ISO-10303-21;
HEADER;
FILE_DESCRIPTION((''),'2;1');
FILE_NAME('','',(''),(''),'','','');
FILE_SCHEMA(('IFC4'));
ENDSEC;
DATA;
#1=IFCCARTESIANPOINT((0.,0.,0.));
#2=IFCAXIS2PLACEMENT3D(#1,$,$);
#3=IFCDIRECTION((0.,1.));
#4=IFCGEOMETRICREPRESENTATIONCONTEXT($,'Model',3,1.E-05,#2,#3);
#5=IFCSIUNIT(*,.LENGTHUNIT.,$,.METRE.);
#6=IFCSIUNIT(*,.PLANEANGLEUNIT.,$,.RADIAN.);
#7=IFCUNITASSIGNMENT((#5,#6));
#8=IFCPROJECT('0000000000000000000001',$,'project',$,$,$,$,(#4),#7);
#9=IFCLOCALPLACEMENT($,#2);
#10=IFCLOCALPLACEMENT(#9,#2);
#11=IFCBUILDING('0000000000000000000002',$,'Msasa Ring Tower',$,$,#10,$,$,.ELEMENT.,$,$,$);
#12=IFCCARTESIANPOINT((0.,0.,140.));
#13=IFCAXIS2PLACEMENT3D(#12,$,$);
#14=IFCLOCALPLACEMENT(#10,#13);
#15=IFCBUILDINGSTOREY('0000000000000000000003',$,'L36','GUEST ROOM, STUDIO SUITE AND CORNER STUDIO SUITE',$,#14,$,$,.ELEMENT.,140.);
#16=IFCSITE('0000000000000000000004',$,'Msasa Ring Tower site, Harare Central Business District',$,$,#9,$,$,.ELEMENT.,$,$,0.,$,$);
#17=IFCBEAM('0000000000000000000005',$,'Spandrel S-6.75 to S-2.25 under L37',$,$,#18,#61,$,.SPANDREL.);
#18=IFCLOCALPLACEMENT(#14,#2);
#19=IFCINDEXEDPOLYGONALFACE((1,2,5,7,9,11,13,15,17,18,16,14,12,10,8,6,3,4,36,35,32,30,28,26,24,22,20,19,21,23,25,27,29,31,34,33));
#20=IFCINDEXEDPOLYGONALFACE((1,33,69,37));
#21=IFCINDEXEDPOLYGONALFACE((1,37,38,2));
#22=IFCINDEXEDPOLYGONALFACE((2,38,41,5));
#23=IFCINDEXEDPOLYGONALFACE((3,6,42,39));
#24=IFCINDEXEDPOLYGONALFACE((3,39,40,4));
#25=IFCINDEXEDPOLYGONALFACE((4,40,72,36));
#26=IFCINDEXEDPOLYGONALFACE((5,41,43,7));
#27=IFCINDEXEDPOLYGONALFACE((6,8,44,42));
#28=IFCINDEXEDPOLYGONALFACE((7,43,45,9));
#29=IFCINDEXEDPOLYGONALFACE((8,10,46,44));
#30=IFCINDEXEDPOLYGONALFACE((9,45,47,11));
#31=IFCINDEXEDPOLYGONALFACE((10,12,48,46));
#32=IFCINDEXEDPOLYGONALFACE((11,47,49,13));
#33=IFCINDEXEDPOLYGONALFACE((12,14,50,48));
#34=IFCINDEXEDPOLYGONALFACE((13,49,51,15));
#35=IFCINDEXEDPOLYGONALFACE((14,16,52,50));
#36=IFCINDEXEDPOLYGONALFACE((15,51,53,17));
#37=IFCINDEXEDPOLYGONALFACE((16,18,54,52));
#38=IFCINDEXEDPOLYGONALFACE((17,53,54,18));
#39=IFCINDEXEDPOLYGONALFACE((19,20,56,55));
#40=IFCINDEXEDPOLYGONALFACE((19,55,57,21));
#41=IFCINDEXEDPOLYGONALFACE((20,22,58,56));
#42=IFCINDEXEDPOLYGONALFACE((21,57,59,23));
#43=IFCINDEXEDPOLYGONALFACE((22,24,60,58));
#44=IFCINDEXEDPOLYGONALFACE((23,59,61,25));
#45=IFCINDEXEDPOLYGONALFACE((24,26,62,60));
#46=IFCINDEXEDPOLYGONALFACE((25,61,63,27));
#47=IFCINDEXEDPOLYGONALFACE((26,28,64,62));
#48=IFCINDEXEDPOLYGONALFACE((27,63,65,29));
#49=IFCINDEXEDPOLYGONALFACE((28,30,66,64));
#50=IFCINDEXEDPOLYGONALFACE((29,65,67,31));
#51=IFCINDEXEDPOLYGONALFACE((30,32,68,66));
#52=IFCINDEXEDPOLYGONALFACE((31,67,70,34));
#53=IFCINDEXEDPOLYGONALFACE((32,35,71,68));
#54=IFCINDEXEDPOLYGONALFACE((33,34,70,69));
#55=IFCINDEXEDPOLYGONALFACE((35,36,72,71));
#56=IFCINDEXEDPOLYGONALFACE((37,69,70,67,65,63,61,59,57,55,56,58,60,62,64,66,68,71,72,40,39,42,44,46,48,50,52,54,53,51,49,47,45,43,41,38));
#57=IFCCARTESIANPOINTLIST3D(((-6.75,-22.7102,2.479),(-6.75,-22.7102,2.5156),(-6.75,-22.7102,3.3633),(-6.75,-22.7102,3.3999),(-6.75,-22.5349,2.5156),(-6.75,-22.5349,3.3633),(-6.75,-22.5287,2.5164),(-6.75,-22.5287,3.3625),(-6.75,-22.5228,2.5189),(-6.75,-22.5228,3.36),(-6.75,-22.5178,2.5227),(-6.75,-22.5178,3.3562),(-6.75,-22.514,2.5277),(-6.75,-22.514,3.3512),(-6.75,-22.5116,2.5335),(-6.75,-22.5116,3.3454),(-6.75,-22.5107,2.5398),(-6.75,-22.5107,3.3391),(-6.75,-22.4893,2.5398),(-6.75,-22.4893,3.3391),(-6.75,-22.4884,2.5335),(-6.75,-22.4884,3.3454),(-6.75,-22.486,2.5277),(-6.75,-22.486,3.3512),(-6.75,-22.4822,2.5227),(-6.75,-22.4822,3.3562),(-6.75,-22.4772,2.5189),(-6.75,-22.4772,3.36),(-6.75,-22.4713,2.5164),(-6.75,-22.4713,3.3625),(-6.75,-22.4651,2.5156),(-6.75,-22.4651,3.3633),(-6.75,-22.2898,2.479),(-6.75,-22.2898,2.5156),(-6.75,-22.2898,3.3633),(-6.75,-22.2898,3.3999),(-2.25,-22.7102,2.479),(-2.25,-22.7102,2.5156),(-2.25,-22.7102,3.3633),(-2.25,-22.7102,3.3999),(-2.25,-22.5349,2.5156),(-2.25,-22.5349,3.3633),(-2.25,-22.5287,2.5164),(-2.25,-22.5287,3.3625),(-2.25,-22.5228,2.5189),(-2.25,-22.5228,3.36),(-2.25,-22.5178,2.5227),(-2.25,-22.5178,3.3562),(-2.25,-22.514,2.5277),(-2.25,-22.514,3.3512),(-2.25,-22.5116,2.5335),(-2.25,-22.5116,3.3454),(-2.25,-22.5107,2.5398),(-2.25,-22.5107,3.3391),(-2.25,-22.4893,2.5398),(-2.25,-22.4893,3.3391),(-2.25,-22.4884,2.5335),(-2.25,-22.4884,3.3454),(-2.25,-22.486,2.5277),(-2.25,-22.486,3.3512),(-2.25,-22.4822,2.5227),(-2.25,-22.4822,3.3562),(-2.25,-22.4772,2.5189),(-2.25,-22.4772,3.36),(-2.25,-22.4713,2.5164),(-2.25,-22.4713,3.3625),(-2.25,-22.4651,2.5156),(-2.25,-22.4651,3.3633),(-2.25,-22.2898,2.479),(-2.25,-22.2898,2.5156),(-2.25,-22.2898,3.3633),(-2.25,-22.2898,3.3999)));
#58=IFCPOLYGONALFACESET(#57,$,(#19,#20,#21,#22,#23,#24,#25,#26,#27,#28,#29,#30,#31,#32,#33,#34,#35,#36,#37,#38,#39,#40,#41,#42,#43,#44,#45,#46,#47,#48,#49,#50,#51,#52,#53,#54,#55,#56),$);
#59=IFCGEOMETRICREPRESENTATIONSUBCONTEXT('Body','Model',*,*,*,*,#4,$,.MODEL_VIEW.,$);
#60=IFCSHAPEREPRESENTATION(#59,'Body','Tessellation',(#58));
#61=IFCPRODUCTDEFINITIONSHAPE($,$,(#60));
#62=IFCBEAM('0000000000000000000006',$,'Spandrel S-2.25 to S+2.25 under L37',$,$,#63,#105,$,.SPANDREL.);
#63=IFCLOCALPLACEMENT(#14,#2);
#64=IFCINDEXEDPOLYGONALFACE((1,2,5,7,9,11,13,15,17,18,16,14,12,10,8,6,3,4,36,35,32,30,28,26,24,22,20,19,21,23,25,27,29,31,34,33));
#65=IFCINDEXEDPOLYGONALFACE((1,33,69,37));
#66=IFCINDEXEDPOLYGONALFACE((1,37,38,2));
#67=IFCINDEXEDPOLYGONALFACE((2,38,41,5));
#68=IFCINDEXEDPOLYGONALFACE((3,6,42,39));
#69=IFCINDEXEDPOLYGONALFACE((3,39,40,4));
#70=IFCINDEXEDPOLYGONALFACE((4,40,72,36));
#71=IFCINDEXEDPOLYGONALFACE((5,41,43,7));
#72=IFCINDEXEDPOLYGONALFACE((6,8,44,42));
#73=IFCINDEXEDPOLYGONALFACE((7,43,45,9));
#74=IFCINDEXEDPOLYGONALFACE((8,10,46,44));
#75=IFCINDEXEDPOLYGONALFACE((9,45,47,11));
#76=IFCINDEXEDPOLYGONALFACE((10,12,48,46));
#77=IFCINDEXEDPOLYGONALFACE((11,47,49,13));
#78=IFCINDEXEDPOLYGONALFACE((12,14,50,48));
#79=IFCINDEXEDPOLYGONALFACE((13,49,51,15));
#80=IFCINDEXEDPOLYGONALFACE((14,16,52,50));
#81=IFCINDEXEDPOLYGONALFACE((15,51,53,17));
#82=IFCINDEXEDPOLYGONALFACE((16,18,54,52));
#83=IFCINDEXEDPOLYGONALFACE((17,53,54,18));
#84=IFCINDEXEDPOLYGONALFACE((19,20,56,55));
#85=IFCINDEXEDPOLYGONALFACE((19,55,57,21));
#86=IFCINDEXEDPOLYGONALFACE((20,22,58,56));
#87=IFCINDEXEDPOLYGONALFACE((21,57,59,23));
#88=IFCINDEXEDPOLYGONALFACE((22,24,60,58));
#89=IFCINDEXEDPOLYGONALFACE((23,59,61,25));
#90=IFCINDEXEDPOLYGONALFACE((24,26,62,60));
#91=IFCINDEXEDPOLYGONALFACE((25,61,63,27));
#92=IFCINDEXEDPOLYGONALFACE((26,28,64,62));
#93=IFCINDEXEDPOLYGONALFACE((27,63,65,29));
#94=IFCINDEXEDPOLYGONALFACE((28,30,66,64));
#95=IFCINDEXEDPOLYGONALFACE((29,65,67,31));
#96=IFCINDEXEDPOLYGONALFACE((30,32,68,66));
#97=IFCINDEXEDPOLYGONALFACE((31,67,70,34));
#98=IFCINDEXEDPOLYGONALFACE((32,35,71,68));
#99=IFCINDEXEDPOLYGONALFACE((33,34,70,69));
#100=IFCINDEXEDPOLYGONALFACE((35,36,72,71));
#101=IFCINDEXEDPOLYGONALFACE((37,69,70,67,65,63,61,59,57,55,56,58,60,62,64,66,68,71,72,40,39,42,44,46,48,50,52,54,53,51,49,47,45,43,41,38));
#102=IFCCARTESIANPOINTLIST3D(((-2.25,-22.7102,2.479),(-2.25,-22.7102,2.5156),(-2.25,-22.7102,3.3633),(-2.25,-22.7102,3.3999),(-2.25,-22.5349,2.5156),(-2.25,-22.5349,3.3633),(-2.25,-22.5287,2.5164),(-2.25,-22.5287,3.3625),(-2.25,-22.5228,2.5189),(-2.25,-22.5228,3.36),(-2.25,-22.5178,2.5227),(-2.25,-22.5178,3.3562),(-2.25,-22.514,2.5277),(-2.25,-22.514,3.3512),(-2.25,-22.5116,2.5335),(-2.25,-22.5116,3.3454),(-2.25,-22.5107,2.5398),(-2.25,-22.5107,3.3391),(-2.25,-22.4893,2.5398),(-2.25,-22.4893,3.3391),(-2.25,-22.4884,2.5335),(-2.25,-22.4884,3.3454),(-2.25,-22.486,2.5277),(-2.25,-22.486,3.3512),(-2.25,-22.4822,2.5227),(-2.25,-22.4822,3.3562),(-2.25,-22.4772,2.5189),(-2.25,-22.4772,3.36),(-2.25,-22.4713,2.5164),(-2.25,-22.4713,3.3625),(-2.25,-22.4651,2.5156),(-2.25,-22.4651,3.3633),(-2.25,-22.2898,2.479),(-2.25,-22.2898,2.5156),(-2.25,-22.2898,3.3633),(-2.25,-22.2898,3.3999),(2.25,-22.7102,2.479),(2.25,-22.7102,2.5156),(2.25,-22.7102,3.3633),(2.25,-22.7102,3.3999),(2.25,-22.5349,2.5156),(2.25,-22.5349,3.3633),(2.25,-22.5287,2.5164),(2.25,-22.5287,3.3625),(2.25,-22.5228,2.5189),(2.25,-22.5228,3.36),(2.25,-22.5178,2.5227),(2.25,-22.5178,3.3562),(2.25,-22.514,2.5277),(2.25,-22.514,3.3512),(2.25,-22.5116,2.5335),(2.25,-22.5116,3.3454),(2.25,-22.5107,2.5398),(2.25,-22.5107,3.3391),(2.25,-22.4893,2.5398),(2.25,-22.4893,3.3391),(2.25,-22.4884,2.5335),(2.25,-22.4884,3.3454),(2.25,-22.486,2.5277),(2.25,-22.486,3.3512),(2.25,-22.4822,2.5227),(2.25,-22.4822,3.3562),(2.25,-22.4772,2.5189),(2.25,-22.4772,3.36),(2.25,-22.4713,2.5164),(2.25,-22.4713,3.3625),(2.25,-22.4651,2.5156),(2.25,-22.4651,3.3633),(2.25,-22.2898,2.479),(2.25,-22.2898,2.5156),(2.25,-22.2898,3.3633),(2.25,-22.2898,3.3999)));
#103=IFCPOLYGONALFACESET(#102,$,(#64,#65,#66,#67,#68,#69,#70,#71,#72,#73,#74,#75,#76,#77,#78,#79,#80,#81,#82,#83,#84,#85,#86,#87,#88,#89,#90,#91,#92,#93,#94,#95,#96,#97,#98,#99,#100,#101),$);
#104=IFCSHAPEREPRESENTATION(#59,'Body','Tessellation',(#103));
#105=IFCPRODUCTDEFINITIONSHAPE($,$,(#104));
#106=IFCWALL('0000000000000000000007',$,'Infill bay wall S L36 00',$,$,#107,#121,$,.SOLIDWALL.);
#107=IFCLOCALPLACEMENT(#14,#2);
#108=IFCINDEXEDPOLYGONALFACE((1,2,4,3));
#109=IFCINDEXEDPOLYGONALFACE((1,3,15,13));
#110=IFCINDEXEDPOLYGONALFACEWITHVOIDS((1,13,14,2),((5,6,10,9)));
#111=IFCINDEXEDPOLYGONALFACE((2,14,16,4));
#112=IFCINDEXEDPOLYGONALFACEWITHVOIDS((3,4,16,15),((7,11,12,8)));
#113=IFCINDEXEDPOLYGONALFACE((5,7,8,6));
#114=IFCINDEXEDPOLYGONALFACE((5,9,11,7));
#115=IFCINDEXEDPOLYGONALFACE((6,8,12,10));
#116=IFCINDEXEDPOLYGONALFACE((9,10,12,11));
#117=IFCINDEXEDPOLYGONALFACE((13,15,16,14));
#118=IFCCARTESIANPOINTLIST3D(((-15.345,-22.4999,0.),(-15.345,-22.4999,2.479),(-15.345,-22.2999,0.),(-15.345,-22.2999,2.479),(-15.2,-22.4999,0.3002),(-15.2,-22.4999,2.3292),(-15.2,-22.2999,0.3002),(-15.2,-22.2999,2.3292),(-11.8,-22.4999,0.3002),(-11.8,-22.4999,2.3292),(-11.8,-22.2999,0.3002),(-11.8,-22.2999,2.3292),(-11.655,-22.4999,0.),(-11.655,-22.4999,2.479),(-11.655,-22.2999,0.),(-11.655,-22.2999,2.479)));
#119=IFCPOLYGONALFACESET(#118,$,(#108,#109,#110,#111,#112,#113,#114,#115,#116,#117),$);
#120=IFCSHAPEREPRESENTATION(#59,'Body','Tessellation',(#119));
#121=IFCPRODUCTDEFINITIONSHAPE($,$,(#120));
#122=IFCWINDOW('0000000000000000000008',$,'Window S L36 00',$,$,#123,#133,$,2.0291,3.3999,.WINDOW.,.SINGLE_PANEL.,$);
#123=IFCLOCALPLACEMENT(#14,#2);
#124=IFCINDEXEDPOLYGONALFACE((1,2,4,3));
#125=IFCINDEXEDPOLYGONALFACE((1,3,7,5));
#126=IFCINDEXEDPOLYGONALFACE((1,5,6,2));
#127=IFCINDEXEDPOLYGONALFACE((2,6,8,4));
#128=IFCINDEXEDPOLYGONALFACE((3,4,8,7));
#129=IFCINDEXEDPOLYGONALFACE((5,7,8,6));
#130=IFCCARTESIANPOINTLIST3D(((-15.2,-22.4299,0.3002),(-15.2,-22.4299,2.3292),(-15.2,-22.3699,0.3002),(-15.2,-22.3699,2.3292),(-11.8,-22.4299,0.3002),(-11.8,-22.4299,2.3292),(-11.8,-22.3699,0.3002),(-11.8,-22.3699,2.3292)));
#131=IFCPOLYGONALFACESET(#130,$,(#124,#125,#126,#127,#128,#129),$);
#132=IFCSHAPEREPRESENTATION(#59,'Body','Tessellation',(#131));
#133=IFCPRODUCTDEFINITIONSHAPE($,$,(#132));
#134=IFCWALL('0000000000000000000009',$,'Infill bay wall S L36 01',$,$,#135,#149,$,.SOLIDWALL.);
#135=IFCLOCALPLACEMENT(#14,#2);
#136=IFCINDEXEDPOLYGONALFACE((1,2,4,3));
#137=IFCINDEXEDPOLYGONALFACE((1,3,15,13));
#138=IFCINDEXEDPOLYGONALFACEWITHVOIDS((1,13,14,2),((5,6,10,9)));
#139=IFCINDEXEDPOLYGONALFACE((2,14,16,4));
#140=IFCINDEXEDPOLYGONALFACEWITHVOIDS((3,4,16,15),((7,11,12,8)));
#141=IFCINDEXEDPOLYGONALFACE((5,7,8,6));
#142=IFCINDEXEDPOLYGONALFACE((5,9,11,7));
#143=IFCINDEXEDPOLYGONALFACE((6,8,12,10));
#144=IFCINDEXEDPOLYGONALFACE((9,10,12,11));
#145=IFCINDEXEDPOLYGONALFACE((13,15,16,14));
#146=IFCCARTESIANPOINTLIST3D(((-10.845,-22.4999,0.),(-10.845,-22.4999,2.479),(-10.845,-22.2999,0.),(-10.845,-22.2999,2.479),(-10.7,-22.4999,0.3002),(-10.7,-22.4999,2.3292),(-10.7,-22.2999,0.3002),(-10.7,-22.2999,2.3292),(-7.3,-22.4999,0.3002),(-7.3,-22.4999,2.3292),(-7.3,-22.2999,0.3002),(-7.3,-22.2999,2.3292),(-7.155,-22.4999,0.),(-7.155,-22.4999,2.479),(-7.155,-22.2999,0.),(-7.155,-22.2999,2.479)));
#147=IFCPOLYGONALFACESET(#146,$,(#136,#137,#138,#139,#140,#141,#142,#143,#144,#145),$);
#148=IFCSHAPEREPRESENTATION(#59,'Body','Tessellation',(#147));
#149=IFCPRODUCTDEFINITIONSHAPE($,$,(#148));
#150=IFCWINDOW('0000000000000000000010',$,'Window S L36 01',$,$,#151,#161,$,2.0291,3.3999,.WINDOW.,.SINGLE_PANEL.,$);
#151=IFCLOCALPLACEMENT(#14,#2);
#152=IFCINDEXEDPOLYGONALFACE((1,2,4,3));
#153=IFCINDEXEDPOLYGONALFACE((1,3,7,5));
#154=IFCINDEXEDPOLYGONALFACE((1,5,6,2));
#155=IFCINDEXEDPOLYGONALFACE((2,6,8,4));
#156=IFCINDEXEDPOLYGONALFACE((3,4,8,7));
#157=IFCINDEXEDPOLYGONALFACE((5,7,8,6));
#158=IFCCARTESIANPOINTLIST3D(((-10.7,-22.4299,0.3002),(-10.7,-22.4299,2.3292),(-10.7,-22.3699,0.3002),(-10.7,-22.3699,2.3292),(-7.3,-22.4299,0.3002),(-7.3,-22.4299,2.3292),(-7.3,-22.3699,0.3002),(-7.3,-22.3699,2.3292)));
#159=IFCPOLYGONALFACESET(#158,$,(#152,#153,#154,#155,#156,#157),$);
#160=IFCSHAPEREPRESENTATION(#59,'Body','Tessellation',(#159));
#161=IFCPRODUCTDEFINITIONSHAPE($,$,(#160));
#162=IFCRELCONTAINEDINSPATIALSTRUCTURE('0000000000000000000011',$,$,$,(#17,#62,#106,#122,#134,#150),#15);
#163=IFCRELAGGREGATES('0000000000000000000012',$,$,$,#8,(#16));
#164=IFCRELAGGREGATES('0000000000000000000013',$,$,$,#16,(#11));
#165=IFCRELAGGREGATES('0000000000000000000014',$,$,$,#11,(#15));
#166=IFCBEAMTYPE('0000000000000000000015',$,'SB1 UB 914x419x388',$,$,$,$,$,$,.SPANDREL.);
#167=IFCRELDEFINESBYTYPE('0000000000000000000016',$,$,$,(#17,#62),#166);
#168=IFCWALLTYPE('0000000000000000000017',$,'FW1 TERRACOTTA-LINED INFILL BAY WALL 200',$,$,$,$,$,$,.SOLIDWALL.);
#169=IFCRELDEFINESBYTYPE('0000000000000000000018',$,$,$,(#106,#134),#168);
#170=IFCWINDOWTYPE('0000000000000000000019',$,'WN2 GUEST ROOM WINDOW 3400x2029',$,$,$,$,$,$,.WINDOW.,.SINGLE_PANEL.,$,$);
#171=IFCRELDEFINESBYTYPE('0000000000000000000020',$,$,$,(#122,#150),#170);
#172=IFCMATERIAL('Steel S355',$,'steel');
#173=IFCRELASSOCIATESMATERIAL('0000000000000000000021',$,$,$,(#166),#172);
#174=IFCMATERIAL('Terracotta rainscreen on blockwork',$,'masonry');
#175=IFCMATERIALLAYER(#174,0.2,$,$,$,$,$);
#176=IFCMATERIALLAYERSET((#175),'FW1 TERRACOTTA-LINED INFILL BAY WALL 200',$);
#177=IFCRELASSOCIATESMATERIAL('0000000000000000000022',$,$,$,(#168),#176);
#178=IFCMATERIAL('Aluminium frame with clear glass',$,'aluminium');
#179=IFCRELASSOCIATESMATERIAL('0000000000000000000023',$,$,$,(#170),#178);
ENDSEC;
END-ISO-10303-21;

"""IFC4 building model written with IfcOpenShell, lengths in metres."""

from ifc_helpers import new_model, si_unit, direction, frame, frame_2d, origin, origin_2d, place, context, subcontext, project, spatial, rectangle, i_section, extrude, material, layer, layer_set, material_profile, profile_set, type_object, element, fill, save


model = new_model("IFC4")

# Units and contexts
model_context = context("Model", 3, precision=1e-05, world=origin(), true_north=direction((0.0, 1.0)))
body_context = subcontext(model_context, "Body", "Model", "MODEL_VIEW")
ifc_project = project(units=[si_unit("LENGTHUNIT", "METRE"), si_unit("PLANEANGLEUNIT", "RADIAN")], contexts=[model_context])

# Site, building, storey
site_placement = place(None, origin())
site = spatial("IfcSite", under=ifc_project, at=site_placement, Name="Msasa Ring Tower site, Harare Central Business District", CompositionType="ELEMENT", RefElevation=0.0)
building_placement = place(site_placement, origin())
building = spatial("IfcBuilding", under=site, at=building_placement, Name="Msasa Ring Tower", CompositionType="ELEMENT")
storey_placement = place(building_placement, frame((0.0, 0.0, 140.0)))
storey = spatial("IfcBuildingStorey", under=building, at=storey_placement, Name="L36", Description="GUEST ROOM, STUDIO SUITE AND CORNER STUDIO SUITE", CompositionType="ELEMENT", Elevation=140.0)

# Beams
ifc_material_1 = material(Name="Steel S355", Category="steel")
ifc_material_profile_1 = material_profile(ifc_material_1, i_section(OverallWidth=0.4204, OverallDepth=0.9209, WebThickness=0.0215, FlangeThickness=0.0366, FilletRadius=0.0242, at=origin_2d()), Name="UB 914x419x388")
ifc_profile_set_1 = profile_set([ifc_material_profile_1], Name="Steel S355")
beam_type_1 = type_object("IfcBeamType", Name="SB1 UB 914x419x388", PredefinedType="SPANDREL", material=ifc_profile_set_1)
for number, where, z_axis, x_axis, name in (
    (1, (-6.75, -22.5, 2.9395), (1.0, 0.0, 0.0), (0.0, 1.0, 0.0), "Spandrel S-6.75 to S-2.25 under L37"),
    (2, (-2.25, -22.5, 2.9395), (1.0, 0.0, 0.0), (0.0, 1.0, 0.0), "Spandrel S-2.25 to S+2.25 under L37"),
):
    element("IfcBeam", number, at=place(storey_placement, frame(where, z_axis=z_axis, x_axis=x_axis)), inside=storey, type_object=beam_type_1, Name=name, PredefinedType="SPANDREL", context=body_context, shape_type="SweptSolid", body=[
        extrude(i_section(OverallWidth=0.4204, OverallDepth=0.9209, WebThickness=0.0215, FlangeThickness=0.0366, FilletRadius=0.0242, at=origin_2d()), origin(), (0.0, 0.0, 1.0), 4.5),
    ])

# Walls, openings, windows
ifc_material_2 = material(Name="Terracotta rainscreen on blockwork", Category="masonry")
ifc_layer_1 = layer(ifc_material_2, 0.2)
ifc_layer_set_1 = layer_set([ifc_layer_1], Name="FW1 TERRACOTTA-LINED INFILL BAY WALL 200")
wall_type_1 = type_object("IfcWallType", Name="FW1 TERRACOTTA-LINED INFILL BAY WALL 200", PredefinedType="SOLIDWALL", material=ifc_layer_set_1)
wall_1_placement = place(storey_placement, frame((-15.345, -22.3999, 0.0), z_axis=(0.0, 0.0, 1.0), x_axis=(1.0, 0.0, 0.0)))
wall_1 = element("IfcWall", 3, at=wall_1_placement, inside=storey, type_object=wall_type_1, Name="Infill bay wall S L36 00", PredefinedType="SOLIDWALL", context=body_context, shape_type="SweptSolid", body=[
    extrude(rectangle(XDim=3.6899, YDim=0.2, at=frame_2d((1.845, 0.0))), origin(), (0.0, 0.0, 1.0), 2.479),
])
opening_1_placement = place(wall_1_placement, frame((0.145, 0.0, 0.3)))
opening_1 = element("IfcOpeningElement", 4, at=opening_1_placement, cuts=wall_1, PredefinedType="OPENING", context=body_context, shape_type="SweptSolid", body=[
    extrude(rectangle(XDim=3.3999, YDim=2.0291, at=frame_2d((1.7, 1.0146))), frame((0.0, 0.1099, 0.0), z_axis=(0.0, -1.0, 0.0), x_axis=(1.0, 0.0, 0.0)), (0.0, 0.0, 1.0), 0.22),
])
ifc_material_3 = material(Name="Aluminium frame with clear glass", Category="aluminium")
window_type = type_object("IfcWindowType", Name="WN2 GUEST ROOM WINDOW 3400x2029", PartitioningType="SINGLE_PANEL", PredefinedType="WINDOW", material=ifc_material_3)
window_1_placement = place(opening_1_placement, origin())
window_1 = element("IfcWindow", 5, at=window_1_placement, inside=storey, type_object=window_type, Name="Window S L36 00", OverallHeight=2.0291, OverallWidth=3.3999, PartitioningType="SINGLE_PANEL", PredefinedType="WINDOW", context=body_context, shape_type="SweptSolid", body=[
    extrude(rectangle(XDim=3.3999, YDim=2.0291, at=frame_2d((1.7, 1.0146))), frame((0.0, 0.03, 0.0), z_axis=(0.0, -1.0, 0.0), x_axis=(1.0, 0.0, 0.0)), (0.0, 0.0, 1.0), 0.0601),
])
fill(opening_1, window_1)
wall_2_placement = place(storey_placement, frame((-10.845, -22.3999, 0.0), z_axis=(0.0, 0.0, 1.0), x_axis=(1.0, 0.0, 0.0)))
wall_2 = element("IfcWall", 6, at=wall_2_placement, inside=storey, type_object=wall_type_1, Name="Infill bay wall S L36 01", PredefinedType="SOLIDWALL", context=body_context, shape_type="SweptSolid", body=[
    extrude(rectangle(XDim=3.6899, YDim=0.2, at=frame_2d((1.845, 0.0))), origin(), (0.0, 0.0, 1.0), 2.479),
])
opening_2_placement = place(wall_2_placement, frame((0.145, 0.0, 0.3)))
opening_2 = element("IfcOpeningElement", 7, at=opening_2_placement, cuts=wall_2, PredefinedType="OPENING", context=body_context, shape_type="SweptSolid", body=[
    extrude(rectangle(XDim=3.3999, YDim=2.0291, at=frame_2d((1.7, 1.0146))), frame((0.0, 0.1099, 0.0), z_axis=(0.0, -1.0, 0.0), x_axis=(1.0, 0.0, 0.0)), (0.0, 0.0, 1.0), 0.22),
])
window_2_placement = place(opening_2_placement, origin())
window_2 = element("IfcWindow", 8, at=window_2_placement, inside=storey, type_object=window_type, Name="Window S L36 01", OverallHeight=2.0291, OverallWidth=3.3999, PartitioningType="SINGLE_PANEL", PredefinedType="WINDOW", context=body_context, shape_type="SweptSolid", body=[
    extrude(rectangle(XDim=3.3999, YDim=2.0291, at=frame_2d((1.7, 1.0146))), frame((0.0, 0.03, 0.0), z_axis=(0.0, -1.0, 0.0), x_axis=(1.0, 0.0, 0.0)), (0.0, 0.0, 1.0), 0.0601),
])
fill(opening_2, window_2)

save(model, "model.ifc")
